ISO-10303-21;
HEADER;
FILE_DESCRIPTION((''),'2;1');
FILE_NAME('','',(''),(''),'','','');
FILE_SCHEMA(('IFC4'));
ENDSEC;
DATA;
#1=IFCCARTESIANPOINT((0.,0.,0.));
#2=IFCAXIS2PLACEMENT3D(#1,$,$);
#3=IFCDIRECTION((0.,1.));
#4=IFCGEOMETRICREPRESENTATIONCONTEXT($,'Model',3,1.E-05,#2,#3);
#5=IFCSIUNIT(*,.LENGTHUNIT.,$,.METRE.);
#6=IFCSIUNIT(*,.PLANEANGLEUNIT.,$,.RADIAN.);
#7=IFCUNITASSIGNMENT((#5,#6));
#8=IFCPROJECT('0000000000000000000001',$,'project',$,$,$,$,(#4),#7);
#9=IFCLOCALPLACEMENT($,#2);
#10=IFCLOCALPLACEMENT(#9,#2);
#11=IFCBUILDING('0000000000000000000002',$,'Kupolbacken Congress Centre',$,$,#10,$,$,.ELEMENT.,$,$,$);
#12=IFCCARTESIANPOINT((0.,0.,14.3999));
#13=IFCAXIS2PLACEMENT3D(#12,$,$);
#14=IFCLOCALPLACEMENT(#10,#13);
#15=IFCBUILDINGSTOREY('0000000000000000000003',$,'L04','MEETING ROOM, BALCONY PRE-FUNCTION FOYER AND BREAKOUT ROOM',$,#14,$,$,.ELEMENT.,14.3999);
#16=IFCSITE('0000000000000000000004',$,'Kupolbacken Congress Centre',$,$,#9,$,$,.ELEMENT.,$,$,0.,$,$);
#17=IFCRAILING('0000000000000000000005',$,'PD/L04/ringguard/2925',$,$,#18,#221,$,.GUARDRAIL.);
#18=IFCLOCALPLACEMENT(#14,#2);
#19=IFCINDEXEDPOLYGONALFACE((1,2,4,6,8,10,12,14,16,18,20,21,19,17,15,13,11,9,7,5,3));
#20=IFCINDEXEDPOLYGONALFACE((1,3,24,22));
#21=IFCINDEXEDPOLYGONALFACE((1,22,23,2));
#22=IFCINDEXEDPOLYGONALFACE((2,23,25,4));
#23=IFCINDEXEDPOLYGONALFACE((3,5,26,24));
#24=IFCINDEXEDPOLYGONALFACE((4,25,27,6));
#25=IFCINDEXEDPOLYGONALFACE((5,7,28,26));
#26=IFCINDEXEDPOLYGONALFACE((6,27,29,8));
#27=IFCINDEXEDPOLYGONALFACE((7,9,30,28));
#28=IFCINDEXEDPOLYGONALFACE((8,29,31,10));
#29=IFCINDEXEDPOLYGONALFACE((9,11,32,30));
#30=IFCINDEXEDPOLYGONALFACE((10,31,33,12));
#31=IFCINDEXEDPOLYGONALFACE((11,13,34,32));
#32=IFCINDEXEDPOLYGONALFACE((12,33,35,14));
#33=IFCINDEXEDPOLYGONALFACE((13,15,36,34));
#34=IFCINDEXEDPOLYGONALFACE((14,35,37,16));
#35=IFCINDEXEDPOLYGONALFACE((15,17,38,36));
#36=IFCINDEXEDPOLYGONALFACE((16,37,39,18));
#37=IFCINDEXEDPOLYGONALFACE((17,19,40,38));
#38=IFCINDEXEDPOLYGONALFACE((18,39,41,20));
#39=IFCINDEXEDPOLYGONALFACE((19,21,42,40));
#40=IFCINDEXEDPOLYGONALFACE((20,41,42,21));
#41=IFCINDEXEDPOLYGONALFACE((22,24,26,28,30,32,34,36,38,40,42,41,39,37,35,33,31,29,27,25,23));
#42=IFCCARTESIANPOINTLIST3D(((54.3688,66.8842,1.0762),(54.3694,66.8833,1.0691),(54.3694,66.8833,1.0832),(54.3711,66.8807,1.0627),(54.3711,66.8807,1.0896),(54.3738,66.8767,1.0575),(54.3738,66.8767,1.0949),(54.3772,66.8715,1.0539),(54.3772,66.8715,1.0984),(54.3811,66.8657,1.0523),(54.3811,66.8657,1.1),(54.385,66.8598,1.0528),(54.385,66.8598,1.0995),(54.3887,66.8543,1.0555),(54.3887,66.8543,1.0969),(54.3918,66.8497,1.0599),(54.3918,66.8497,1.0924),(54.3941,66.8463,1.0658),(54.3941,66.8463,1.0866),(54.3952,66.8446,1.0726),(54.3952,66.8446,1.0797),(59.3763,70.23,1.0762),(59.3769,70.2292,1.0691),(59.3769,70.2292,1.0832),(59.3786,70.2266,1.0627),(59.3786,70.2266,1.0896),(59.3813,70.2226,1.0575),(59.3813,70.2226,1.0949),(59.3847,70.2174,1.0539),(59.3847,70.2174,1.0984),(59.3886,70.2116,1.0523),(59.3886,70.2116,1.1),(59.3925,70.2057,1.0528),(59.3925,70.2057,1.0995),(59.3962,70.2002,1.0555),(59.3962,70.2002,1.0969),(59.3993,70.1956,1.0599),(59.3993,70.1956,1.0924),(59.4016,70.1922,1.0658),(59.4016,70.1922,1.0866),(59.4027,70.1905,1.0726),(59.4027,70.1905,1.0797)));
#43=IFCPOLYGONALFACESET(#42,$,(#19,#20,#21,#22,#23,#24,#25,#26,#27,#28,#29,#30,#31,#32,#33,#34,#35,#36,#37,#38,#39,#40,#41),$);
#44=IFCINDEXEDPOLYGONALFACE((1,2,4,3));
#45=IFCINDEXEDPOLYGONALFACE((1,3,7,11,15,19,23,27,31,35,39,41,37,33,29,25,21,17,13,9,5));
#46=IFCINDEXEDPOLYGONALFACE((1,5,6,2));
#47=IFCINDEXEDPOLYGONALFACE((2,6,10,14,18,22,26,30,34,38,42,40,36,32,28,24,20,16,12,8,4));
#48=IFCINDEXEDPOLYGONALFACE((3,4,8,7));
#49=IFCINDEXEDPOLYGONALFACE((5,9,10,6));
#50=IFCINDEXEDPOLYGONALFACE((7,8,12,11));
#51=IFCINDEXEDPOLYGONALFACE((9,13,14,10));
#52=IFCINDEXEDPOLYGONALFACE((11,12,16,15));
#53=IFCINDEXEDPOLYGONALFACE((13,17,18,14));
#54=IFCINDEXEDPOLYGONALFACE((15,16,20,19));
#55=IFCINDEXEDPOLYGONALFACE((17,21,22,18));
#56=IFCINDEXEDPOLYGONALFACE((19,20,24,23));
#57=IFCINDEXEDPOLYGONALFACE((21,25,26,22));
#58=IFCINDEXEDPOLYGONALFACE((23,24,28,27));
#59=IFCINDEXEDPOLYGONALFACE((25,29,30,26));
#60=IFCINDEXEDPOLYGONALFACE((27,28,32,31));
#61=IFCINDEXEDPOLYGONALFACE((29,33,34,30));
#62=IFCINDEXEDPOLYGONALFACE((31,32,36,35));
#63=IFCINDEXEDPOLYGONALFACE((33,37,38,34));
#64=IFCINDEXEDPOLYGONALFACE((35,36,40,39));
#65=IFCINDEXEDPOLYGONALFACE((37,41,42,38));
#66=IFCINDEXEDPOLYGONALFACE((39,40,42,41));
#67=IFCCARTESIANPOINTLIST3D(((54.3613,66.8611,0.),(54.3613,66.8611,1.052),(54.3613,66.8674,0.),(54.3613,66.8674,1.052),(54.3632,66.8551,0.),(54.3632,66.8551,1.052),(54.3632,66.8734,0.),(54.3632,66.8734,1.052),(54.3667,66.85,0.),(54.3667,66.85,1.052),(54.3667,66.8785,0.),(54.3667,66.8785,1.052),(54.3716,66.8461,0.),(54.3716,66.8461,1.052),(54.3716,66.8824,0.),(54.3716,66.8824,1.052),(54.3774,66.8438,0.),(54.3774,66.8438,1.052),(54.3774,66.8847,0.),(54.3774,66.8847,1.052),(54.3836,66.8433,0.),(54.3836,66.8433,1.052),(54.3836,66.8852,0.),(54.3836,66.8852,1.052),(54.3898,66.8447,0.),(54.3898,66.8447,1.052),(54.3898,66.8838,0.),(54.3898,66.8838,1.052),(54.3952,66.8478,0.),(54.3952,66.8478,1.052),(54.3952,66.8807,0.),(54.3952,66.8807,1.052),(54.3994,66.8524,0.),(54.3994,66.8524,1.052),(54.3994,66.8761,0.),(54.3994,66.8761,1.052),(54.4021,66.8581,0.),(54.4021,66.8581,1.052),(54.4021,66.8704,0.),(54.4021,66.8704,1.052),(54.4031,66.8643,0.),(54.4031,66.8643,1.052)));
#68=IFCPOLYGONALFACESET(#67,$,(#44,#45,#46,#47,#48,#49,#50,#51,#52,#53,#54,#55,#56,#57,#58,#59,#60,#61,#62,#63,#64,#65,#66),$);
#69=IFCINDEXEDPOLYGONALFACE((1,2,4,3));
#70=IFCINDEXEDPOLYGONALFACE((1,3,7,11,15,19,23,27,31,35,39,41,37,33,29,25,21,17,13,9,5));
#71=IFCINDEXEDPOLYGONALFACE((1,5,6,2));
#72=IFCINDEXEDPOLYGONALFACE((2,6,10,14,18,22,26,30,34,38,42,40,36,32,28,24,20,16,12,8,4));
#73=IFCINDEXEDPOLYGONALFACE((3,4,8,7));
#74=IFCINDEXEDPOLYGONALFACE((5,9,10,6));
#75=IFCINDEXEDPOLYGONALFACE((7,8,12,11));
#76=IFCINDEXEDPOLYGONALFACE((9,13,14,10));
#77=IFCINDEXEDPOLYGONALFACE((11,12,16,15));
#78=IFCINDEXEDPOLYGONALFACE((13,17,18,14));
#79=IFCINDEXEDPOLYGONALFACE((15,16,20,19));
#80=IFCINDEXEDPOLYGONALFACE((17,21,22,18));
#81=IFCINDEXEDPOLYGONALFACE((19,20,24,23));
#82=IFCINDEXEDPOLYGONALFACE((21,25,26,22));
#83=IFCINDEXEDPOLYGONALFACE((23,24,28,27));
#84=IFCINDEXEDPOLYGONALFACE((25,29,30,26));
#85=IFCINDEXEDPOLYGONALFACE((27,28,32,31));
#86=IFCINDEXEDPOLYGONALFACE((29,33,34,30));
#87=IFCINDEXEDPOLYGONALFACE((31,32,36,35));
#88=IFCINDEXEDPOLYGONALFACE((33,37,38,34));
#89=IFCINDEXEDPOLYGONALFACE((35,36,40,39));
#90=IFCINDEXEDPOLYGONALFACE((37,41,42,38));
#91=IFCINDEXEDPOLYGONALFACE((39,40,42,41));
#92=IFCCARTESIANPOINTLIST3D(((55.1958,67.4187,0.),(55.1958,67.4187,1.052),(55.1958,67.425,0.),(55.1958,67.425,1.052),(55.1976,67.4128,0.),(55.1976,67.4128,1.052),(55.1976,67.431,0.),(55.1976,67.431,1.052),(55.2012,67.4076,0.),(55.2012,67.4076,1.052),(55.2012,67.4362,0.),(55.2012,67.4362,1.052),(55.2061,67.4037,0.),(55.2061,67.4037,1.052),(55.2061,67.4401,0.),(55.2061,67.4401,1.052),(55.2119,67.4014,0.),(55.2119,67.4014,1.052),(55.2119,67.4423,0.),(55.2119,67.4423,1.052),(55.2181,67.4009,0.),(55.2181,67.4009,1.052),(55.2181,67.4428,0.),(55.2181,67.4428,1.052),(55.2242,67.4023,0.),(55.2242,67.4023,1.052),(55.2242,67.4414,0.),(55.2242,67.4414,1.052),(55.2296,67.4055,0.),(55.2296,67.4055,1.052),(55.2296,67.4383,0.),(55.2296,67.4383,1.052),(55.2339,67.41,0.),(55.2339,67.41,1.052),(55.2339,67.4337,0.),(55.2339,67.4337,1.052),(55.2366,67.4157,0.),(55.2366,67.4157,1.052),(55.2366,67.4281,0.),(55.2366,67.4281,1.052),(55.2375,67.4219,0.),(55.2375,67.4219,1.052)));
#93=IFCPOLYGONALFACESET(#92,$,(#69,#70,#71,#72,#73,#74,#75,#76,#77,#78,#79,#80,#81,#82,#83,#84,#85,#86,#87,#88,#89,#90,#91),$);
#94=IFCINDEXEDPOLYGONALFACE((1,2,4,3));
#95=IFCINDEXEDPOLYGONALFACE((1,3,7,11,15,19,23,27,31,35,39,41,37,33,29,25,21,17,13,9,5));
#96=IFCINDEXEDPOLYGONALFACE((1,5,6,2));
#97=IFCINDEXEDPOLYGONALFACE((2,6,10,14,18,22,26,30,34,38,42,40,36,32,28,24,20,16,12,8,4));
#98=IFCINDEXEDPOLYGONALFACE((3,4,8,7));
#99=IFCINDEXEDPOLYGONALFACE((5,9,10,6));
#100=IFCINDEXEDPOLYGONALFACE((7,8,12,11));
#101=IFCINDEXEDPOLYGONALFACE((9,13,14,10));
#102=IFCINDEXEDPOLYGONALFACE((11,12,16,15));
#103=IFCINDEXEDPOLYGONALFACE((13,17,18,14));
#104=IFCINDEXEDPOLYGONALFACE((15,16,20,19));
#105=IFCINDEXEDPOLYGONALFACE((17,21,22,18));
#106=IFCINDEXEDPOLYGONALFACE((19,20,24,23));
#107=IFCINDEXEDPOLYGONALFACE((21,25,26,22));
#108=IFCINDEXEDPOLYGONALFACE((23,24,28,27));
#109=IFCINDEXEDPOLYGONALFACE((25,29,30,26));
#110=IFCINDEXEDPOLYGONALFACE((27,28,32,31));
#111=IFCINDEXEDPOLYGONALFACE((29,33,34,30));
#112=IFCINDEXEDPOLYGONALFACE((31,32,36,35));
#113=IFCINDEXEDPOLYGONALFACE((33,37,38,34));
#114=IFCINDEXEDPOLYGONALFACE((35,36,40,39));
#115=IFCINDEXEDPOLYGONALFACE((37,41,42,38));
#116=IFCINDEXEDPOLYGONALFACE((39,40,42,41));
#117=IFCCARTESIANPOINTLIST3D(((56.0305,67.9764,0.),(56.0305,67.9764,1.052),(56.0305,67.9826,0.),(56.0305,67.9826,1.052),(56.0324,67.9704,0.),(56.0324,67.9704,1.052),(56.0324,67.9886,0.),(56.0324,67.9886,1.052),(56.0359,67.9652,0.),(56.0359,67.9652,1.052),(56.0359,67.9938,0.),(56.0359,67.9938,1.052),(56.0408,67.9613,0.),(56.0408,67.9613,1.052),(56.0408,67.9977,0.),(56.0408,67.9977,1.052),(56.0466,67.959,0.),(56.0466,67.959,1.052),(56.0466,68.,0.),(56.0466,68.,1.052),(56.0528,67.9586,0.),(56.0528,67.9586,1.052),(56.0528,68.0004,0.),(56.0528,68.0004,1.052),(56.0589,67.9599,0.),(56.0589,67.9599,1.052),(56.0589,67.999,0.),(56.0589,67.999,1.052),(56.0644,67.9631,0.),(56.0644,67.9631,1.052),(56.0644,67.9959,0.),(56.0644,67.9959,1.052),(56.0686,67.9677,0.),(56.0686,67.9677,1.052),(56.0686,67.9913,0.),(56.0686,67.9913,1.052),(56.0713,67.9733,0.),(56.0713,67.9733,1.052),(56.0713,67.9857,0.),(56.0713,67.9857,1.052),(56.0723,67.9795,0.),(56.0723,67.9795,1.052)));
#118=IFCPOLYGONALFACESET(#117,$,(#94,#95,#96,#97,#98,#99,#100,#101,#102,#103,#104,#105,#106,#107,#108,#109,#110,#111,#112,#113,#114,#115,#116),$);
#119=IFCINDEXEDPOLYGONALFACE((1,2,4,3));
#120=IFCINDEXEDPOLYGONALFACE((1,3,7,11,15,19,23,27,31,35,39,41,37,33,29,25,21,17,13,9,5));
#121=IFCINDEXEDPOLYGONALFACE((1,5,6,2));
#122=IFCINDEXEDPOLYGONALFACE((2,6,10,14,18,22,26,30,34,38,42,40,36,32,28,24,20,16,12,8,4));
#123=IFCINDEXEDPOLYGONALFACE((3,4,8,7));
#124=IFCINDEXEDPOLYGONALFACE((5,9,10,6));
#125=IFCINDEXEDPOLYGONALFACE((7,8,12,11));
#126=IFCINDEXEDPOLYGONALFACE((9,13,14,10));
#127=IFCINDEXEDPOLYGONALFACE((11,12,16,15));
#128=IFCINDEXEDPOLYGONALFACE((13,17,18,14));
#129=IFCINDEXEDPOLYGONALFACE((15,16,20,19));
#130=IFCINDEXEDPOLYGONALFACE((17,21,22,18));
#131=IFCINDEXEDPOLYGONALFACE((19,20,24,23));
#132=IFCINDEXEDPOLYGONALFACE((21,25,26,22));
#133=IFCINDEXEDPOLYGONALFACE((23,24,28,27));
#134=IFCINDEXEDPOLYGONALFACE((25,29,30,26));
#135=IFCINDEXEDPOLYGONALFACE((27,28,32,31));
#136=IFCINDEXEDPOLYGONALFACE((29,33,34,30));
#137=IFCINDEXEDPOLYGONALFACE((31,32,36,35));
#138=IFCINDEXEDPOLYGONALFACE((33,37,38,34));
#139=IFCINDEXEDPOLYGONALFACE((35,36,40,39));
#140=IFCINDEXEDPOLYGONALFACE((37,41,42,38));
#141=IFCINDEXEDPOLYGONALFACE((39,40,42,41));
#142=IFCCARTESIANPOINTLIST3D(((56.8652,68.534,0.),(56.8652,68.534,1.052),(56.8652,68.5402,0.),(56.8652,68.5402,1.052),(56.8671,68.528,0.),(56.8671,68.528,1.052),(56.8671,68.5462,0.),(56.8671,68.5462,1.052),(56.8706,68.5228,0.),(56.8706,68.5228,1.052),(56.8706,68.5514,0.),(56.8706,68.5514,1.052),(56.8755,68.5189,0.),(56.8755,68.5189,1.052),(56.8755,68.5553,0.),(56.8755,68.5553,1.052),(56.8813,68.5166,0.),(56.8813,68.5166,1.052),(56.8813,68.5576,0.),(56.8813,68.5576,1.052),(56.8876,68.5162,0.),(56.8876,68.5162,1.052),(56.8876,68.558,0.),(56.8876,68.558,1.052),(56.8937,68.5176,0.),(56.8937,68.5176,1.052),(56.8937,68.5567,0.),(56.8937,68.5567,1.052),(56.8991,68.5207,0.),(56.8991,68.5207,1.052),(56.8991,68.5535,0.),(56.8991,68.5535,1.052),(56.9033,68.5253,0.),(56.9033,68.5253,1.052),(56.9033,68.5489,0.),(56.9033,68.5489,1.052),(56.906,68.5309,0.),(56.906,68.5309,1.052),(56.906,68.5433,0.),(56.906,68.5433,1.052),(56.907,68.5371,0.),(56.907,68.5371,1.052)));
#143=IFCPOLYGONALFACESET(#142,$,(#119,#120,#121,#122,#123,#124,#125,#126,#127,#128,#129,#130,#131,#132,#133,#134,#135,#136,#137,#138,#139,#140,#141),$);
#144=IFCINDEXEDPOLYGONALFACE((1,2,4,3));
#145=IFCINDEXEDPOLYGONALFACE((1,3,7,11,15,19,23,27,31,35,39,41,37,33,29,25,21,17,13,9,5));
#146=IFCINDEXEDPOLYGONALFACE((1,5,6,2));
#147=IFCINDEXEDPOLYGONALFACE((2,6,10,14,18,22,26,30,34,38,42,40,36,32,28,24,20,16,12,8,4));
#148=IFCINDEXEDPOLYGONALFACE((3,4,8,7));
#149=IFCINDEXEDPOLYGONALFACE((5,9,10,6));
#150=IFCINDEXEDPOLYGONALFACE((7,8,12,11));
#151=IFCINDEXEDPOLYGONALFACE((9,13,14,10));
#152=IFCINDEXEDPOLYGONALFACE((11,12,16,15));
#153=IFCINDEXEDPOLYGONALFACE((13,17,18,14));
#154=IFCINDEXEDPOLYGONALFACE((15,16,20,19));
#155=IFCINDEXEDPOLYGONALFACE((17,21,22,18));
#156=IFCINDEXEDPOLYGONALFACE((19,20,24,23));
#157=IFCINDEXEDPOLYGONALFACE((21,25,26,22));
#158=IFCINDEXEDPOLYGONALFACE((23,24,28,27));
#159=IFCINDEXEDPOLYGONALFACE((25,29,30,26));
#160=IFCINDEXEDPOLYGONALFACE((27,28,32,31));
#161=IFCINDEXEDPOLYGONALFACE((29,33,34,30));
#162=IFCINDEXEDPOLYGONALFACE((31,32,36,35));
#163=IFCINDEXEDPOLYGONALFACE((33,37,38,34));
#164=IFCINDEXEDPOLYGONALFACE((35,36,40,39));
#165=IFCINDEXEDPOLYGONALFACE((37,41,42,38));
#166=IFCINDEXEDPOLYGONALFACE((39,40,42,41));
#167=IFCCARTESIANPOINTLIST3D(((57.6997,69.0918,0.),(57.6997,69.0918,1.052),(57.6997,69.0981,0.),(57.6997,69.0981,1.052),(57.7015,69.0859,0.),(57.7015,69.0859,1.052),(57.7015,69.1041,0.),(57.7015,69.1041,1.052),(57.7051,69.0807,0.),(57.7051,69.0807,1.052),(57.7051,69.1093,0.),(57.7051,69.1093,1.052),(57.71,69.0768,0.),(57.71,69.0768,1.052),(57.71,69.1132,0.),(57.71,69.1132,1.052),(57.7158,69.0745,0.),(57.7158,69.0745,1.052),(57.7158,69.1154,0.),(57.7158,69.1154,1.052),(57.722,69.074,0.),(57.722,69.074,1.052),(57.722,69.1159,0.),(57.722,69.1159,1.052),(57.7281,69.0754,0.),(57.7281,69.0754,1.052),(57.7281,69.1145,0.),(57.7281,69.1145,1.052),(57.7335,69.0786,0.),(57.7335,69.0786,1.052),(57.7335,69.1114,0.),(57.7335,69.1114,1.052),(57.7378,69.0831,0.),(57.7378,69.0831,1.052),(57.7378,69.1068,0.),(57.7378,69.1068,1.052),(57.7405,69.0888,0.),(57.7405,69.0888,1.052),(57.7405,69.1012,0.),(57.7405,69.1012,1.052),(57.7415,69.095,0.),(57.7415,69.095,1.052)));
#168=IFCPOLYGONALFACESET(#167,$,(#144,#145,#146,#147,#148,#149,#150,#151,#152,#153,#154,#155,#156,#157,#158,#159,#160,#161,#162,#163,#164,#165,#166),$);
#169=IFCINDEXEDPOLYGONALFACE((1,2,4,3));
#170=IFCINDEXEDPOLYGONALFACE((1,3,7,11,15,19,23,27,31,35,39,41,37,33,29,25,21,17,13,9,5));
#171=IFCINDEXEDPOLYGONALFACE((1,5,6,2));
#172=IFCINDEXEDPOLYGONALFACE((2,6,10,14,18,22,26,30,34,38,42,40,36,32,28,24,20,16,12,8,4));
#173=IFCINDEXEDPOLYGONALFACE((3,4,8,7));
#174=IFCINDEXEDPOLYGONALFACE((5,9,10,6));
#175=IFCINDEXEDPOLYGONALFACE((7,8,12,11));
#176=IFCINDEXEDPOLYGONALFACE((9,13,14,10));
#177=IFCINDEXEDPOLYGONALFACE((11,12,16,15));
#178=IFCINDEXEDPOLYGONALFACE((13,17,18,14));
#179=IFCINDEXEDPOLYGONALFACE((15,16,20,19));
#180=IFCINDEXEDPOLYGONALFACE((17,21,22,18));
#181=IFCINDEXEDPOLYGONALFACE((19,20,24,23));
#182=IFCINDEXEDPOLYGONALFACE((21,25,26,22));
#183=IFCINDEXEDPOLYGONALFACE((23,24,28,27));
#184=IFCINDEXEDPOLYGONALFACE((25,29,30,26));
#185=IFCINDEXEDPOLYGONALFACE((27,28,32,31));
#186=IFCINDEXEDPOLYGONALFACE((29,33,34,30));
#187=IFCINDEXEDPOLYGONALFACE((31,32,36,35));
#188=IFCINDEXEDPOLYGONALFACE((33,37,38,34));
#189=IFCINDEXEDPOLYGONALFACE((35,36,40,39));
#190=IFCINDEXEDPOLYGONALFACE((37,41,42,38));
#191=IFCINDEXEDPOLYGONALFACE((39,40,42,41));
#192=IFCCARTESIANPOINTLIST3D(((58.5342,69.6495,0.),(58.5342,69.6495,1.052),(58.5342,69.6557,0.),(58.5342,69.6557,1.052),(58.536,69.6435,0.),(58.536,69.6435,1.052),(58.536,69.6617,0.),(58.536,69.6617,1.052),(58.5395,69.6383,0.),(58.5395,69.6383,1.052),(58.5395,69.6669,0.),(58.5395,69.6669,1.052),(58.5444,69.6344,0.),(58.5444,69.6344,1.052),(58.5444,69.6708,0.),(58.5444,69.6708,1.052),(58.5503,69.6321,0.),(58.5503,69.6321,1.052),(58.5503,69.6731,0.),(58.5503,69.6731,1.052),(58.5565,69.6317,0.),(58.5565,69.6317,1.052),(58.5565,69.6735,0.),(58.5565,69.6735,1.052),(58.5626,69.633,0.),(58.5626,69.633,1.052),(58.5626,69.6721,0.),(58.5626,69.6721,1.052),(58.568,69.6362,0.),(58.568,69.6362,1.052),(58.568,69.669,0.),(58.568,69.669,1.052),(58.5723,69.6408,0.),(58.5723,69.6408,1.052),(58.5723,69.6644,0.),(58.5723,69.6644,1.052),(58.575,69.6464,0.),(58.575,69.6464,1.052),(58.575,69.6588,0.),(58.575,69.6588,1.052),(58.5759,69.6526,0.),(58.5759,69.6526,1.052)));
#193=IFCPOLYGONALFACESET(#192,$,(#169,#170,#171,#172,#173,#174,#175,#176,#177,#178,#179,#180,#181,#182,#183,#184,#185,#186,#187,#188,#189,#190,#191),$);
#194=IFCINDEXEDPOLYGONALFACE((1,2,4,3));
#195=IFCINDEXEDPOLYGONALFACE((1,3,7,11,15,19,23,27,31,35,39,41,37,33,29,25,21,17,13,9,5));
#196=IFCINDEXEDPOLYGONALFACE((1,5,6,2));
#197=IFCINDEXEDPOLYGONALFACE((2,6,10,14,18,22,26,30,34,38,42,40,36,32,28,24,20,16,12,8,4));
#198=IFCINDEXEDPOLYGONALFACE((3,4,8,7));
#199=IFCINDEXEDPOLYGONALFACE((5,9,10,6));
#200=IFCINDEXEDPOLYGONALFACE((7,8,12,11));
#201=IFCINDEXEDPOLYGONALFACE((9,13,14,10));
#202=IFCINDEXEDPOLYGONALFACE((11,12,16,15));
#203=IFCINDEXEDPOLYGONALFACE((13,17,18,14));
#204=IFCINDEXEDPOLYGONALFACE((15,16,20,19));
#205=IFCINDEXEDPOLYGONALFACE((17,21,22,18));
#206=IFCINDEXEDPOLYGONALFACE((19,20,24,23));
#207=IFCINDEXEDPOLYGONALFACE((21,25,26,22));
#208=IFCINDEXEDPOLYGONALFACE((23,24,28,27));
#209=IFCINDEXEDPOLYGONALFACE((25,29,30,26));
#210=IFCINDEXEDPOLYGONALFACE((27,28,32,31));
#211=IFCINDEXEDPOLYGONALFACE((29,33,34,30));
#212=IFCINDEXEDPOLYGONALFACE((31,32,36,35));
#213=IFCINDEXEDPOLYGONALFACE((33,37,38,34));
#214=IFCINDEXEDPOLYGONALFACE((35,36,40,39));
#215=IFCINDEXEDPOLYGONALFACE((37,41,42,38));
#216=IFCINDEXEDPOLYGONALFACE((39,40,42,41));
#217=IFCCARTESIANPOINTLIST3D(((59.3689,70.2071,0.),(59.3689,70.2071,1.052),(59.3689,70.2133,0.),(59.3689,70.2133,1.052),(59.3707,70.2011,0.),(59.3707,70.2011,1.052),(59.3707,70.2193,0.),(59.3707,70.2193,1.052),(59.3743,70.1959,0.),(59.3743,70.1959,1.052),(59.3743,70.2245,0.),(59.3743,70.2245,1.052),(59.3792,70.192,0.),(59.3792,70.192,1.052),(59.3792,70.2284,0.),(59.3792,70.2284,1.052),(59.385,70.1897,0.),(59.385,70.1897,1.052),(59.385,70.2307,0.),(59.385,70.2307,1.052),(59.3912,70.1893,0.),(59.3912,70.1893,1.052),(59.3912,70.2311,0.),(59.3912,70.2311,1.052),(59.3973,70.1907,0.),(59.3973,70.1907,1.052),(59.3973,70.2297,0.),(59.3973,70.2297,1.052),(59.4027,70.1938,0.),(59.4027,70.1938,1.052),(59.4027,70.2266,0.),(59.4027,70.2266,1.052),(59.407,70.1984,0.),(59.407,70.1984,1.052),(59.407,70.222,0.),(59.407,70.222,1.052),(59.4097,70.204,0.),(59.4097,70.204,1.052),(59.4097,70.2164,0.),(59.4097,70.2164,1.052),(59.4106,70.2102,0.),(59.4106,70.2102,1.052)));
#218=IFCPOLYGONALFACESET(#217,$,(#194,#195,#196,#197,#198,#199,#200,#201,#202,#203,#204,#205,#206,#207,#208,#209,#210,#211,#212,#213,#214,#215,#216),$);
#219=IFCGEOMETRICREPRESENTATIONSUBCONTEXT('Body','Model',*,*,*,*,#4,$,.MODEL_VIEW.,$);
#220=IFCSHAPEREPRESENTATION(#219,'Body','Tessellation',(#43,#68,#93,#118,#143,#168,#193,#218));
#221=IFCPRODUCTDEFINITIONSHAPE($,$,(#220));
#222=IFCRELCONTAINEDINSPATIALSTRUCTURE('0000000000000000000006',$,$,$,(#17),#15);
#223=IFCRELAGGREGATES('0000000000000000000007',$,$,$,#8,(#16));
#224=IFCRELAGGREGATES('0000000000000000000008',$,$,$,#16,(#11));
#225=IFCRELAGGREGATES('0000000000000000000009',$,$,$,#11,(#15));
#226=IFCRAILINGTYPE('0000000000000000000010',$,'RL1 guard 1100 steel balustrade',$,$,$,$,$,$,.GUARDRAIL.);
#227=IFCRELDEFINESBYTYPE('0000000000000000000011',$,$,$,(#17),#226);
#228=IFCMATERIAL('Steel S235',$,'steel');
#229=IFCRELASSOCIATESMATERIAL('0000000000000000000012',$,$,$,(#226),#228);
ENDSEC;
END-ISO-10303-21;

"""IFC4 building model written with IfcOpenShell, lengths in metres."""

from ifc_helpers import new_model, si_unit, direction, frame, origin, origin_2d, place, context, subcontext, project, spatial, circle, extrude, material, type_object, element, save


model = new_model("IFC4")

# Units and contexts
model_context = context("Model", 3, precision=1e-05, world=origin(), true_north=direction((0.0, 1.0)))
body_context = subcontext(model_context, "Body", "Model", "MODEL_VIEW")
ifc_project = project(units=[si_unit("LENGTHUNIT", "METRE"), si_unit("PLANEANGLEUNIT", "RADIAN")], contexts=[model_context])

# Site, building, storey
site_placement = place(None, origin())
site = spatial("IfcSite", under=ifc_project, at=site_placement, Name="Kupolbacken Congress Centre", CompositionType="ELEMENT", RefElevation=0.0)
building_placement = place(site_placement, origin())
building = spatial("IfcBuilding", under=site, at=building_placement, Name="Kupolbacken Congress Centre", CompositionType="ELEMENT")
storey_placement = place(building_placement, frame((0.0, 0.0, 14.3999)))
storey = spatial("IfcBuildingStorey", under=building, at=storey_placement, Name="L04", Description="MEETING ROOM, BALCONY PRE-FUNCTION FOYER AND BREAKOUT ROOM", CompositionType="ELEMENT", Elevation=14.3999)

# Railing
ifc_material_1 = material(Name="Steel S235", Category="steel")
railing_type = type_object("IfcRailingType", Name="RL1 guard 1100 steel balustrade", PredefinedType="GUARDRAIL", material=ifc_material_1)
railing_1_placement = place(storey_placement, frame((54.3821, 66.8643, 0.0)))
element("IfcRailing", 1, at=railing_1_placement, inside=storey, type_object=railing_type, Name="PD/L04/ringguard/2925", PredefinedType="GUARDRAIL", context=body_context, shape_type="SweptSolid", body=[
    extrude(circle(Radius=0.0239, at=origin_2d()), frame((0.0, 0.0, 1.0762), z_axis=(0.83147, 0.55557, 0.0), x_axis=(-0.55557, 0.83147, 0.0)), (0.0, 0.0, 1.0), 6.0225),
    extrude(circle(Radius=0.021, at=origin_2d()), origin(), (0.0, 0.0, 1.0), 1.052),
    extrude(circle(Radius=0.021, at=origin_2d()), frame((0.8345, 0.5576, 0.0)), (0.0, 0.0, 1.0), 1.052),
    extrude(circle(Radius=0.021, at=origin_2d()), frame((1.6692, 1.1152, 0.0)), (0.0, 0.0, 1.0), 1.052),
    extrude(circle(Radius=0.021, at=origin_2d()), frame((2.5039, 1.6729, 0.0)), (0.0, 0.0, 1.0), 1.052),
    extrude(circle(Radius=0.021, at=origin_2d()), frame((3.3384, 2.2307, 0.0)), (0.0, 0.0, 1.0), 1.052),
    extrude(circle(Radius=0.021, at=origin_2d()), frame((4.1729, 2.7883, 0.0)), (0.0, 0.0, 1.0), 1.052),
    extrude(circle(Radius=0.021, at=origin_2d()), frame((5.0076, 3.3459, 0.0)), (0.0, 0.0, 1.0), 1.052),
])

save(model, "model.ifc")
